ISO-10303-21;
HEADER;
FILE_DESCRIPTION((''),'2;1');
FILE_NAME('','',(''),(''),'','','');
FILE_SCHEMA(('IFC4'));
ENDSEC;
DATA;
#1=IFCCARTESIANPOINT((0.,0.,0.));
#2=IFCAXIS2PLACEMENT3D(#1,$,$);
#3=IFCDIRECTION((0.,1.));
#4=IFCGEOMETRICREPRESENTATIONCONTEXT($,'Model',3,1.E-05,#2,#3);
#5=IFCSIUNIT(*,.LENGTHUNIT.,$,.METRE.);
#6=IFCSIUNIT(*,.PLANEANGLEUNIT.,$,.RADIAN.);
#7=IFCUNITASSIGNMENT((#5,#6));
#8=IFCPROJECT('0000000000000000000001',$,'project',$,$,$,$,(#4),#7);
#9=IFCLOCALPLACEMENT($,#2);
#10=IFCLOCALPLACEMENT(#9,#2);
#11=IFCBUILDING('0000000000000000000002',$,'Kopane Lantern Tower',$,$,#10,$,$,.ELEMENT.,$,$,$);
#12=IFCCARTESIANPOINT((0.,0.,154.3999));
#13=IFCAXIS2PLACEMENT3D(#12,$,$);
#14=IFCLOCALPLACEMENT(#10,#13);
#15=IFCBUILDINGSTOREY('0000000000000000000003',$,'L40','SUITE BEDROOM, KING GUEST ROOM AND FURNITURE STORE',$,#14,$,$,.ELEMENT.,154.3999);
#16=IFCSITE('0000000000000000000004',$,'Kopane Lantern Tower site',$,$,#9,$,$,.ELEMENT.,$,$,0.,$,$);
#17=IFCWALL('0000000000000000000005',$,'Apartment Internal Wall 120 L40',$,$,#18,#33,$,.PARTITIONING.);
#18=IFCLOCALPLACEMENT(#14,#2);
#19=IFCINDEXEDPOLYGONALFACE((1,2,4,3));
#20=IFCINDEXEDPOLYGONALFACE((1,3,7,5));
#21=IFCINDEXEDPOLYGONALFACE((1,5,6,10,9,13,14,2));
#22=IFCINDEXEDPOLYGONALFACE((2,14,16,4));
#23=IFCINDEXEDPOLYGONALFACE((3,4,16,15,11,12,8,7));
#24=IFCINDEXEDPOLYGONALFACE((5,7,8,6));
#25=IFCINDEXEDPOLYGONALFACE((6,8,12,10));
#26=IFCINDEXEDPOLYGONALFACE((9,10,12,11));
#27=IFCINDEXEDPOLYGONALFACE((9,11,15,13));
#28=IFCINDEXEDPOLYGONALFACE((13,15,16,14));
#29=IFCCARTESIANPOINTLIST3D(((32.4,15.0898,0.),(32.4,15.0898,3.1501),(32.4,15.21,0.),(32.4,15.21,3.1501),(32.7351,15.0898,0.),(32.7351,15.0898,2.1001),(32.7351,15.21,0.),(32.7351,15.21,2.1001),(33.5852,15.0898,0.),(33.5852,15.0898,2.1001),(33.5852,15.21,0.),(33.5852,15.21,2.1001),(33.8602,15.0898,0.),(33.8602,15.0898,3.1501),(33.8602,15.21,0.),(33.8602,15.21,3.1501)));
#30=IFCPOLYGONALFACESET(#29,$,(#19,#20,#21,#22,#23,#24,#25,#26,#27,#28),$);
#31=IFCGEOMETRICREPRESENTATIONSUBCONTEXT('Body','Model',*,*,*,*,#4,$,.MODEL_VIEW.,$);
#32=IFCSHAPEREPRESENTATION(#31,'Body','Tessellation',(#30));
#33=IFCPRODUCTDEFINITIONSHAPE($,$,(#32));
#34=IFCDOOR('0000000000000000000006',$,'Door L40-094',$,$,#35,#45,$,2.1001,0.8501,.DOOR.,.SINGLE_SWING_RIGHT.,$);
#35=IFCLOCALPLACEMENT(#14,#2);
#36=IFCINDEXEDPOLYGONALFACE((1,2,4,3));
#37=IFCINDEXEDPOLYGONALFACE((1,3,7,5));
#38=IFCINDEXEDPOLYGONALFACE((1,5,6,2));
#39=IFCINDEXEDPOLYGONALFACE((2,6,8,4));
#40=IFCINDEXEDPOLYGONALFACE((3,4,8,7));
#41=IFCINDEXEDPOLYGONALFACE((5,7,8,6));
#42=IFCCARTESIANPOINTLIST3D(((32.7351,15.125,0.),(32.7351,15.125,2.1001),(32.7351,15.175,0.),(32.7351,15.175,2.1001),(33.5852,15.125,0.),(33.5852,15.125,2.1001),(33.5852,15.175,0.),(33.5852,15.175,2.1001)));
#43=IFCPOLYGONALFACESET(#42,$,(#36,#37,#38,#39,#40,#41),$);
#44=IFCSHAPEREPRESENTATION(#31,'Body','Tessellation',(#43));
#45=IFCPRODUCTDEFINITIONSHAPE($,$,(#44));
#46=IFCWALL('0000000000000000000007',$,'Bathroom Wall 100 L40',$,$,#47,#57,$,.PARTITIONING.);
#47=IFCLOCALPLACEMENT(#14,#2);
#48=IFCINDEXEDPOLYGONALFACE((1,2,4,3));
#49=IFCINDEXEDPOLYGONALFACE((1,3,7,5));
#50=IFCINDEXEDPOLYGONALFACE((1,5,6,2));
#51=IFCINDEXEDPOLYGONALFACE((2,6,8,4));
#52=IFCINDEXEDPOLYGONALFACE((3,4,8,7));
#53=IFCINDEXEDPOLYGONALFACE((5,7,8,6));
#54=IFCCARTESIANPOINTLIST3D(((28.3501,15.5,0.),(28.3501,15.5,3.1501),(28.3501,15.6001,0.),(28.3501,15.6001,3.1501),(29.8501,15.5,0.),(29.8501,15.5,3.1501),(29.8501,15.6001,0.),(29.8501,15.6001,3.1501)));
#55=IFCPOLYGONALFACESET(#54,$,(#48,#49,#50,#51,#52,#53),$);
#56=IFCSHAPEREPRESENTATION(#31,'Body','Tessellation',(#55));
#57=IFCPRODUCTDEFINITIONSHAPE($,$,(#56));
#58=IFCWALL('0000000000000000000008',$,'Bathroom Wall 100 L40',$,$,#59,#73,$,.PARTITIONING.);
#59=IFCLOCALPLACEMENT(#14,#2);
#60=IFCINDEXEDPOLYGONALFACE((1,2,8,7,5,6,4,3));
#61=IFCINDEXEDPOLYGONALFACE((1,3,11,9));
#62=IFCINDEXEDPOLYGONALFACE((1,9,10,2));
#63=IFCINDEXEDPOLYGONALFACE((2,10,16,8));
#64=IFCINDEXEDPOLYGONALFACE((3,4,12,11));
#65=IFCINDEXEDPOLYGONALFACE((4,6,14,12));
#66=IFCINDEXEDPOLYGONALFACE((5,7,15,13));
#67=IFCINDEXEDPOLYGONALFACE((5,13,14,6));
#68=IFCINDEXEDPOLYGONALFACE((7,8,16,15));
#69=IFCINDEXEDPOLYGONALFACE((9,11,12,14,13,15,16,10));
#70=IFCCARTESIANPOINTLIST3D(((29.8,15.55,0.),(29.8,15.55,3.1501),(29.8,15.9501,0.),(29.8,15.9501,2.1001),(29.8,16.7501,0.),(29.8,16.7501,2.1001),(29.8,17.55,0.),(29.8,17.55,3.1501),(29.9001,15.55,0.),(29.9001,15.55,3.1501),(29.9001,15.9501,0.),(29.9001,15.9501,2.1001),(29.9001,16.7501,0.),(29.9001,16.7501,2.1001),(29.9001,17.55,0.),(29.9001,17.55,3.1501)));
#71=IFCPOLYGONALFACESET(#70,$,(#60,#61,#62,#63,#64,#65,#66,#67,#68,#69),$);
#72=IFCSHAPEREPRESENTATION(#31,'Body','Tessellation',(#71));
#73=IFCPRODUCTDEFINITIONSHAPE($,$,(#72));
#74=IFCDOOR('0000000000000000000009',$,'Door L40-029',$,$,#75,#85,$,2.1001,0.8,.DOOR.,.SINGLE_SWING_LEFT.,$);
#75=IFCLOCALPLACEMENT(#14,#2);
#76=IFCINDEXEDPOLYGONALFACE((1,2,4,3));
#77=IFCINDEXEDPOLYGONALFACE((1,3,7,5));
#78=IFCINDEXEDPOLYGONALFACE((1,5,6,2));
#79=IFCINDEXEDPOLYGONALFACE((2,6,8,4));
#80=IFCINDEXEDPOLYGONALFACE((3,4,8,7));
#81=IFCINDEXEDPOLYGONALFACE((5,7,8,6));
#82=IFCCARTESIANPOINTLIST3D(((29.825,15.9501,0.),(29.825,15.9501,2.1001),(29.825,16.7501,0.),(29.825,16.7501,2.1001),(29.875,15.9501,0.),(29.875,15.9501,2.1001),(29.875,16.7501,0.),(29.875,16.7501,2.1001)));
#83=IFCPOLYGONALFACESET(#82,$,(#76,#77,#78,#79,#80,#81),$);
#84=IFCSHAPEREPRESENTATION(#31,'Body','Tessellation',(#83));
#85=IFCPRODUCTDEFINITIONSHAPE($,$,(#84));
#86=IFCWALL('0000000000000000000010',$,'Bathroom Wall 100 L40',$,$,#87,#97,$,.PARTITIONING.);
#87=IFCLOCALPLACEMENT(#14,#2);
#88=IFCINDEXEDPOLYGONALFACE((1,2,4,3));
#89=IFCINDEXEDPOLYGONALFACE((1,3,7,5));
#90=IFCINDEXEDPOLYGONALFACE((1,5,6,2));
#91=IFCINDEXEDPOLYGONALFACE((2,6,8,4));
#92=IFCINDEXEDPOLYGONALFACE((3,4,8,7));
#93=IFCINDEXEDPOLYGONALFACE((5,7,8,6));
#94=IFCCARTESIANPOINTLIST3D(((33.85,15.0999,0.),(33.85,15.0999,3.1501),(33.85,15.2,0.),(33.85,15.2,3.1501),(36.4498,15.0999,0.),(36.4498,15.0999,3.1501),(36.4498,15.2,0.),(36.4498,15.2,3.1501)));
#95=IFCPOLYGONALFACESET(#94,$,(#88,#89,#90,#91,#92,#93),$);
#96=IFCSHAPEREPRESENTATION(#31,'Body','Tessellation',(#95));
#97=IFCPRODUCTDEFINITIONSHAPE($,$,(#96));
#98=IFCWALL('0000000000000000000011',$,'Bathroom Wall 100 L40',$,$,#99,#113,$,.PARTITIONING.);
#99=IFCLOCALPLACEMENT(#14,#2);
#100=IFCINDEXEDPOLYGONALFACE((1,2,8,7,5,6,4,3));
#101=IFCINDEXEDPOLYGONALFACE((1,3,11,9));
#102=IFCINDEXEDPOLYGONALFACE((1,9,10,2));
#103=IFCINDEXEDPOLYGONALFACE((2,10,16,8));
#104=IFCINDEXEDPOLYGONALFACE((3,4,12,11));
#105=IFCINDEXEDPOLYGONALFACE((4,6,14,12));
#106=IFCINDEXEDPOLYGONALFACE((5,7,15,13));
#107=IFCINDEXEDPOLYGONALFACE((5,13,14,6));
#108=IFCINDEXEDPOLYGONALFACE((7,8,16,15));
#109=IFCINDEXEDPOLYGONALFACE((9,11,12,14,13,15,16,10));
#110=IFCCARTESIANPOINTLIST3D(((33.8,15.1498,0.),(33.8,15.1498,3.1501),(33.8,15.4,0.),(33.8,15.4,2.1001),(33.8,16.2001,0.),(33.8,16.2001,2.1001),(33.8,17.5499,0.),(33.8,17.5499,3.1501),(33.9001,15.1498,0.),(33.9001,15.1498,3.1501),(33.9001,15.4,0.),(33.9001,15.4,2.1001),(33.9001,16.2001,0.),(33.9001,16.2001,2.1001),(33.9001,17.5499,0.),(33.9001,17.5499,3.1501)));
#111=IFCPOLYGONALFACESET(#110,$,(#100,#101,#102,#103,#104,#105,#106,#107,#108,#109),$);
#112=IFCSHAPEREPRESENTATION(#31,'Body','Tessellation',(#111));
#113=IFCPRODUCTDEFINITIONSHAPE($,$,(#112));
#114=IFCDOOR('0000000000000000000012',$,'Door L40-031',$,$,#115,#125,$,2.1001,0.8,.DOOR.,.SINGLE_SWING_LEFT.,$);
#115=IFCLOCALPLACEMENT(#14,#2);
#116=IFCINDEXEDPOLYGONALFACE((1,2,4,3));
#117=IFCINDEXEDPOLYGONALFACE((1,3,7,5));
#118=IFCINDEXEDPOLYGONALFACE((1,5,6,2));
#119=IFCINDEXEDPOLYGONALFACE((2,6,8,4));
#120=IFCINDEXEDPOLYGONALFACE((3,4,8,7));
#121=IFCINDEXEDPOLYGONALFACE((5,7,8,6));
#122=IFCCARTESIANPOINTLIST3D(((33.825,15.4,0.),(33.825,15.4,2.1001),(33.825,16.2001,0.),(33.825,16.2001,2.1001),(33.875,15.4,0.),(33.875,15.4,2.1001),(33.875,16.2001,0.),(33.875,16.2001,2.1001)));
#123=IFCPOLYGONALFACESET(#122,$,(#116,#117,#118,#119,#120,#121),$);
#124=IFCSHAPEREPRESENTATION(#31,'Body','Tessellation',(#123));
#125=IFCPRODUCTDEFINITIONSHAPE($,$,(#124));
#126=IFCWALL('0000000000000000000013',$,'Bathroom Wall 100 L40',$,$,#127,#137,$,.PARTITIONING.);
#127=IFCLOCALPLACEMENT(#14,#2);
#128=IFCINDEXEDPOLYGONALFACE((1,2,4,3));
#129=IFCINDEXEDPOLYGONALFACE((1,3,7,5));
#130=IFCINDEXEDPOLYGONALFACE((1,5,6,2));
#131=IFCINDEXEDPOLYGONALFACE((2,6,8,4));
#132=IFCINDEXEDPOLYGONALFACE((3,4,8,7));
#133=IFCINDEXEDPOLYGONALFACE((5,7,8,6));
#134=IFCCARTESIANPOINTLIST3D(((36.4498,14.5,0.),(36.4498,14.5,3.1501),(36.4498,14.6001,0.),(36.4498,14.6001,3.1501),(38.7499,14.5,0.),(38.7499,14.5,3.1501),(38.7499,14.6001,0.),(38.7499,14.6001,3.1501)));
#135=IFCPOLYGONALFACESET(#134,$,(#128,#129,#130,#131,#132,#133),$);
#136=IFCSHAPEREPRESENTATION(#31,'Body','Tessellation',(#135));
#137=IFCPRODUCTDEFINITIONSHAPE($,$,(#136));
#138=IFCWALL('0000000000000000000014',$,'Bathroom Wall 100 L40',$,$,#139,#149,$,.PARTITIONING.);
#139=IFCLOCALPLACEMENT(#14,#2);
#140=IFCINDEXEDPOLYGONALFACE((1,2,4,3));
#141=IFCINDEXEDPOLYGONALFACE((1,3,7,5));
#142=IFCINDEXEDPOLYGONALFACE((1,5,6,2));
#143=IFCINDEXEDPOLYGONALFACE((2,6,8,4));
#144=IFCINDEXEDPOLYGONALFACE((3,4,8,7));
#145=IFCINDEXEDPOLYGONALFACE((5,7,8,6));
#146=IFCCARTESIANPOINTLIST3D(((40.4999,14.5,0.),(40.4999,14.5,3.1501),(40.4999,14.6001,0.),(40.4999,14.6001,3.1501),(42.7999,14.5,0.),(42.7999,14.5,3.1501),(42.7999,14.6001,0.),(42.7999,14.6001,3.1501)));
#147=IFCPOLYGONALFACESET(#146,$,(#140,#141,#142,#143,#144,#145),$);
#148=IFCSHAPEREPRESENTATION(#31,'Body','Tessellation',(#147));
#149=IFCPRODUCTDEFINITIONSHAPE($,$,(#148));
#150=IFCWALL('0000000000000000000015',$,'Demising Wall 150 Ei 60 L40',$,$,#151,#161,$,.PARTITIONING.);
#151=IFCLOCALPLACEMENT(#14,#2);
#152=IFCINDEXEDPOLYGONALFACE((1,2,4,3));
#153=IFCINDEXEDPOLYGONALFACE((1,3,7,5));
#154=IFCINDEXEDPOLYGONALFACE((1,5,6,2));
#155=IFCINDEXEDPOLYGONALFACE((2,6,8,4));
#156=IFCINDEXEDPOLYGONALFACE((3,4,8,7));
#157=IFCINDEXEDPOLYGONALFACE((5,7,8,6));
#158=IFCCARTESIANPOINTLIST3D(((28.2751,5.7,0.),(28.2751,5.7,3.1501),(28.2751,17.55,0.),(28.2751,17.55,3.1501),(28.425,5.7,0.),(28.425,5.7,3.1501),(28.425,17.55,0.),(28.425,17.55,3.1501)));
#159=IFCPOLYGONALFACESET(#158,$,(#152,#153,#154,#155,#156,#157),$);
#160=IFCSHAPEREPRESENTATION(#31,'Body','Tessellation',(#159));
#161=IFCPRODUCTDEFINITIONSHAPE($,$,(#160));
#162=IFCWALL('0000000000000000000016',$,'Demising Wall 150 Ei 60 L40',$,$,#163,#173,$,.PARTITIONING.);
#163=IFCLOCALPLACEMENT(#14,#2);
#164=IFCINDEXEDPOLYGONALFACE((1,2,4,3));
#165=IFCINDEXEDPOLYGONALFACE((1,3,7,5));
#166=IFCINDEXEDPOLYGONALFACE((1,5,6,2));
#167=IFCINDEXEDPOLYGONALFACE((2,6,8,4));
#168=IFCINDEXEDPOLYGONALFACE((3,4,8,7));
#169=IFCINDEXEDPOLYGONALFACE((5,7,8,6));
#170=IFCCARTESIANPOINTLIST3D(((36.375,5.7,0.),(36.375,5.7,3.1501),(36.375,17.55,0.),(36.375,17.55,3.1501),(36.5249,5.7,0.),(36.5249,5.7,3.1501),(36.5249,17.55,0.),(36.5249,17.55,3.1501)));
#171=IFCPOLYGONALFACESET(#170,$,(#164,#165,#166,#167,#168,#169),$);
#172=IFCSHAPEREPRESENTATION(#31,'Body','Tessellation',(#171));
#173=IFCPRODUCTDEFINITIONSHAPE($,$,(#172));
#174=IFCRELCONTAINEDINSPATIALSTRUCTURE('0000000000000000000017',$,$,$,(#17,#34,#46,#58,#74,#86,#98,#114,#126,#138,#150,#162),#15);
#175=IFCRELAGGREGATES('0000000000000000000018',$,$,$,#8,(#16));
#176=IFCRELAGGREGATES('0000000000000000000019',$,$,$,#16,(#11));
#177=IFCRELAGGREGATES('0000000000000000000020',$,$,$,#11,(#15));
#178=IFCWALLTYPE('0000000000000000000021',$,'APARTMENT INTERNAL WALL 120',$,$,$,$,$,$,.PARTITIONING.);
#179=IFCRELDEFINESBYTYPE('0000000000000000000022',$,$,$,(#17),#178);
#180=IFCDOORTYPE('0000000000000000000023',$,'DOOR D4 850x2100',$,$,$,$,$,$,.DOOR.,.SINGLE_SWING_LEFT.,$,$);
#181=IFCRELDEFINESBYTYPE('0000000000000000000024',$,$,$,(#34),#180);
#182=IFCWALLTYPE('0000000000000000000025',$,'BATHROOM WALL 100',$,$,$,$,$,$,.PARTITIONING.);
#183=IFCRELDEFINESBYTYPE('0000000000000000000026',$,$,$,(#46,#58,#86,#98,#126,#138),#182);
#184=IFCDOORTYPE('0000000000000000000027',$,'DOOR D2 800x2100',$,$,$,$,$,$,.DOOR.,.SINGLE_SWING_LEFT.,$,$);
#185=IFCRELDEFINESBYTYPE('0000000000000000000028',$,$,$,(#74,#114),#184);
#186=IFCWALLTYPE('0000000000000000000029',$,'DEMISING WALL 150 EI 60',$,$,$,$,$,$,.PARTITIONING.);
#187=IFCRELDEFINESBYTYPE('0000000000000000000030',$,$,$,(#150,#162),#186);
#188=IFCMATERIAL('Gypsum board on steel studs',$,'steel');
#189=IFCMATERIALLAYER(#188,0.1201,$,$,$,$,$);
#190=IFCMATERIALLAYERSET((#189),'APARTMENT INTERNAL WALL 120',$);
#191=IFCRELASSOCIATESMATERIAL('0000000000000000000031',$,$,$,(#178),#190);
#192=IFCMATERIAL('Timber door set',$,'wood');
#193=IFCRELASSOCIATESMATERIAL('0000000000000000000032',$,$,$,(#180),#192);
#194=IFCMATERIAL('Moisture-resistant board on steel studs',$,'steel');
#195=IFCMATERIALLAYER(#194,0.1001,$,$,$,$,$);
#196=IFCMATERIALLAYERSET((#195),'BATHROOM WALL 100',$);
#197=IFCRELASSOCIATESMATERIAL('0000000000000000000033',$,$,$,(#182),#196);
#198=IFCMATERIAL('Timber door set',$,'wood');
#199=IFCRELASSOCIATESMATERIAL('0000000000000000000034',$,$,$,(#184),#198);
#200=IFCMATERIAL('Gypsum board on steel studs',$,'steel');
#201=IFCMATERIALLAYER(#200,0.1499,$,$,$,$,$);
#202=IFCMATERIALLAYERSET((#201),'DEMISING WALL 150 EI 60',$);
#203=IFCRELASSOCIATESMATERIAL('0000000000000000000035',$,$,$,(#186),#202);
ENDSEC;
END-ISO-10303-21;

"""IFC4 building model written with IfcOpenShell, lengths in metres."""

from ifc_helpers import new_model, si_unit, direction, frame, frame_2d, origin, place, context, subcontext, project, spatial, rectangle, extrude, material, layer, layer_set, type_object, element, fill, save


model = new_model("IFC4")

# Units and contexts
model_context = context("Model", 3, precision=1e-05, world=origin(), true_north=direction((0.0, 1.0)))
body_context = subcontext(model_context, "Body", "Model", "MODEL_VIEW")
ifc_project = project(units=[si_unit("LENGTHUNIT", "METRE"), si_unit("PLANEANGLEUNIT", "RADIAN")], contexts=[model_context])

# Site, building, storey
site_placement = place(None, origin())
site = spatial("IfcSite", under=ifc_project, at=site_placement, Name="Kopane Lantern Tower site", CompositionType="ELEMENT", RefElevation=0.0)
building_placement = place(site_placement, origin())
building = spatial("IfcBuilding", under=site, at=building_placement, Name="Kopane Lantern Tower", CompositionType="ELEMENT")
storey_placement = place(building_placement, frame((0.0, 0.0, 154.3999)))
storey = spatial("IfcBuildingStorey", under=building, at=storey_placement, Name="L40", Description="SUITE BEDROOM, KING GUEST ROOM AND FURNITURE STORE", CompositionType="ELEMENT", Elevation=154.3999)

# Wall, opening, door
ifc_material_1 = material(Name="Gypsum board on steel studs", Category="steel")
ifc_layer_1 = layer(ifc_material_1, 0.1201)
ifc_layer_set_1 = layer_set([ifc_layer_1], Name="APARTMENT INTERNAL WALL 120")
wall_type_1 = type_object("IfcWallType", Name="APARTMENT INTERNAL WALL 120", PredefinedType="PARTITIONING", material=ifc_layer_set_1)
ifc_material_2 = material(Name="Timber door set", Category="wood")
door_type_1 = type_object("IfcDoorType", Name="DOOR D4 850x2100", OperationType="SINGLE_SWING_LEFT", PredefinedType="DOOR", material=ifc_material_2)
wall_1_placement = place(storey_placement, frame((33.8601, 15.1499, 0.0), z_axis=(0.0, 0.0, 1.0), x_axis=(-1.0, 0.0, 0.0)))
wall_1 = element("IfcWall", 1, at=wall_1_placement, inside=storey, type_object=wall_type_1, Name="Apartment Internal Wall 120 L40", PredefinedType="PARTITIONING", context=body_context, shape_type="SweptSolid", body=[
    extrude(rectangle(XDim=1.4602, YDim=0.1201, at=frame_2d((0.73, 0.0))), origin(), (0.0, 0.0, 1.0), 3.1501),
])
opening_1_placement = place(wall_1_placement, frame((0.2749, 0.0, 0.0)))
opening_1 = element("IfcOpeningElement", 2, at=opening_1_placement, cuts=wall_1, PredefinedType="OPENING", context=body_context, shape_type="SweptSolid", body=[
    extrude(rectangle(XDim=0.8501, YDim=2.1001, at=frame_2d((0.425, 1.05))), frame((0.0, 0.0701, 0.0), z_axis=(0.0, -1.0, 0.0), x_axis=(1.0, 0.0, 0.0)), (0.0, 0.0, 1.0), 0.1401),
])
door_1_placement = place(opening_1_placement, origin())
door_1 = element("IfcDoor", 3, at=door_1_placement, inside=storey, type_object=door_type_1, Name="Door L40-094", OperationType="SINGLE_SWING_RIGHT", OverallHeight=2.1001, OverallWidth=0.8501, PredefinedType="DOOR", context=body_context, shape_type="SweptSolid", body=[
    extrude(rectangle(XDim=0.8501, YDim=2.1001, at=frame_2d((0.425, 1.05))), frame((0.0, 0.0249, 0.0), z_axis=(0.0, -1.0, 0.0), x_axis=(1.0, 0.0, 0.0)), (0.0, 0.0, 1.0), 0.05),
])
fill(opening_1, door_1)

# Wall
ifc_material_3 = material(Name="Moisture-resistant board on steel studs", Category="steel")
ifc_layer_2 = layer(ifc_material_3, 0.1001)
ifc_layer_set_2 = layer_set([ifc_layer_2], Name="BATHROOM WALL 100")
wall_type_2 = type_object("IfcWallType", Name="BATHROOM WALL 100", PredefinedType="PARTITIONING", material=ifc_layer_set_2)
wall_2_placement = place(storey_placement, frame((28.3501, 15.55, 0.0), z_axis=(0.0, 0.0, 1.0), x_axis=(1.0, 0.0, 0.0)))
element("IfcWall", 4, at=wall_2_placement, inside=storey, type_object=wall_type_2, Name="Bathroom Wall 100 L40", PredefinedType="PARTITIONING", context=body_context, shape_type="SweptSolid", body=[
    extrude(rectangle(XDim=1.5, YDim=0.1001, at=frame_2d((0.75, 0.0))), origin(), (0.0, 0.0, 1.0), 3.1501),
])

# Wall, opening, door
wall_3_placement = place(storey_placement, frame((29.8501, 17.55, 0.0), z_axis=(0.0, 0.0, 1.0), x_axis=(0.0, -1.0, 0.0)))
wall_3 = element("IfcWall", 5, at=wall_3_placement, inside=storey, type_object=wall_type_2, Name="Bathroom Wall 100 L40", PredefinedType="PARTITIONING", context=body_context, shape_type="SweptSolid", body=[
    extrude(rectangle(XDim=2.0, YDim=0.1001, at=frame_2d((1.0, 0.0))), origin(), (0.0, 0.0, 1.0), 3.1501),
])
opening_2_placement = place(wall_3_placement, frame((0.8, 0.0, 0.0)))
opening_2 = element("IfcOpeningElement", 6, at=opening_2_placement, cuts=wall_3, PredefinedType="OPENING", context=body_context, shape_type="SweptSolid", body=[
    extrude(rectangle(XDim=0.8, YDim=2.1001, at=frame_2d((0.3999, 1.05))), frame((0.0, 0.0601, 0.0), z_axis=(0.0, -1.0, 0.0), x_axis=(1.0, 0.0, 0.0)), (0.0, 0.0, 1.0), 0.1201),
])
ifc_material_4 = material(Name="Timber door set", Category="wood")
door_type_2 = type_object("IfcDoorType", Name="DOOR D2 800x2100", OperationType="SINGLE_SWING_LEFT", PredefinedType="DOOR", material=ifc_material_4)
door_2_placement = place(opening_2_placement, origin())
door_2 = element("IfcDoor", 7, at=door_2_placement, inside=storey, type_object=door_type_2, Name="Door L40-029", OperationType="SINGLE_SWING_LEFT", OverallHeight=2.1001, OverallWidth=0.8, PredefinedType="DOOR", context=body_context, shape_type="SweptSolid", body=[
    extrude(rectangle(XDim=0.8, YDim=2.1001, at=frame_2d((0.3999, 1.05))), frame((0.0, 0.0249, 0.0), z_axis=(0.0, -1.0, 0.0), x_axis=(1.0, 0.0, 0.0)), (0.0, 0.0, 1.0), 0.05),
])
fill(opening_2, door_2)

# Wall
wall_4_placement = place(storey_placement, frame((33.8501, 15.1499, 0.0), z_axis=(0.0, 0.0, 1.0), x_axis=(1.0, 0.0, 0.0)))
element("IfcWall", 8, at=wall_4_placement, inside=storey, type_object=wall_type_2, Name="Bathroom Wall 100 L40", PredefinedType="PARTITIONING", context=body_context, shape_type="SweptSolid", body=[
    extrude(rectangle(XDim=2.5999, YDim=0.1001, at=frame_2d((1.2998, 0.0))), origin(), (0.0, 0.0, 1.0), 3.1501),
])

# Wall, opening, door
wall_5_placement = place(storey_placement, frame((33.8501, 17.55, 0.0), z_axis=(0.0, 0.0, 1.0), x_axis=(0.0, -1.0, 0.0)))
wall_5 = element("IfcWall", 9, at=wall_5_placement, inside=storey, type_object=wall_type_2, Name="Bathroom Wall 100 L40", PredefinedType="PARTITIONING", context=body_context, shape_type="SweptSolid", body=[
    extrude(rectangle(XDim=2.4001, YDim=0.1001, at=frame_2d((1.2002, 0.0))), origin(), (0.0, 0.0, 1.0), 3.1501),
])
opening_3_placement = place(wall_5_placement, frame((1.3501, 0.0, 0.0)))
opening_3 = element("IfcOpeningElement", 10, at=opening_3_placement, cuts=wall_5, PredefinedType="OPENING", context=body_context, shape_type="SweptSolid", body=[
    extrude(rectangle(XDim=0.8, YDim=2.1001, at=frame_2d((0.3999, 1.05))), frame((0.0, 0.0601, 0.0), z_axis=(0.0, -1.0, 0.0), x_axis=(1.0, 0.0, 0.0)), (0.0, 0.0, 1.0), 0.1201),
])
door_3_placement = place(opening_3_placement, origin())
door_3 = element("IfcDoor", 11, at=door_3_placement, inside=storey, type_object=door_type_2, Name="Door L40-031", OperationType="SINGLE_SWING_LEFT", OverallHeight=2.1001, OverallWidth=0.8, PredefinedType="DOOR", context=body_context, shape_type="SweptSolid", body=[
    extrude(rectangle(XDim=0.8, YDim=2.1001, at=frame_2d((0.3999, 1.05))), frame((0.0, 0.0249, 0.0), z_axis=(0.0, -1.0, 0.0), x_axis=(1.0, 0.0, 0.0)), (0.0, 0.0, 1.0), 0.05),
])
fill(opening_3, door_3)

# Walls
for number, where, z_axis, x_axis, name in (
    (12, (36.45, 14.55, 0.0), (0.0, 0.0, 1.0), (1.0, 0.0, 0.0), "Bathroom Wall 100 L40"),
    (13, (40.5, 14.55, 0.0), (0.0, 0.0, 1.0), (1.0, 0.0, 0.0), "Bathroom Wall 100 L40"),
):
    element("IfcWall", number, at=place(storey_placement, frame(where, z_axis=z_axis, x_axis=x_axis)), inside=storey, type_object=wall_type_2, Name=name, PredefinedType="PARTITIONING", context=body_context, shape_type="SweptSolid", body=[
        extrude(rectangle(XDim=2.3, YDim=0.1001, at=frame_2d((1.1499, 0.0))), origin(), (0.0, 0.0, 1.0), 3.1501),
    ])
ifc_material_5 = material(Name="Gypsum board on steel studs", Category="steel")
ifc_layer_3 = layer(ifc_material_5, 0.1499)
ifc_layer_set_3 = layer_set([ifc_layer_3], Name="DEMISING WALL 150 EI 60")
wall_type_3 = type_object("IfcWallType", Name="DEMISING WALL 150 EI 60", PredefinedType="PARTITIONING", material=ifc_layer_set_3)
for number, where, z_axis, x_axis, name in (
    (14, (28.3501, 17.55, 0.0), (0.0, 0.0, 1.0), (0.0, -1.0, 0.0), "Demising Wall 150 Ei 60 L40"),
    (15, (36.45, 17.55, 0.0), (0.0, 0.0, 1.0), (0.0, -1.0, 0.0), "Demising Wall 150 Ei 60 L40"),
):
    element("IfcWall", number, at=place(storey_placement, frame(where, z_axis=z_axis, x_axis=x_axis)), inside=storey, type_object=wall_type_3, Name=name, PredefinedType="PARTITIONING", context=body_context, shape_type="SweptSolid", body=[
        extrude(rectangle(XDim=11.8501, YDim=0.1499, at=frame_2d((5.925, 0.0))), origin(), (0.0, 0.0, 1.0), 3.1501),
    ])

save(model, "model.ifc")
